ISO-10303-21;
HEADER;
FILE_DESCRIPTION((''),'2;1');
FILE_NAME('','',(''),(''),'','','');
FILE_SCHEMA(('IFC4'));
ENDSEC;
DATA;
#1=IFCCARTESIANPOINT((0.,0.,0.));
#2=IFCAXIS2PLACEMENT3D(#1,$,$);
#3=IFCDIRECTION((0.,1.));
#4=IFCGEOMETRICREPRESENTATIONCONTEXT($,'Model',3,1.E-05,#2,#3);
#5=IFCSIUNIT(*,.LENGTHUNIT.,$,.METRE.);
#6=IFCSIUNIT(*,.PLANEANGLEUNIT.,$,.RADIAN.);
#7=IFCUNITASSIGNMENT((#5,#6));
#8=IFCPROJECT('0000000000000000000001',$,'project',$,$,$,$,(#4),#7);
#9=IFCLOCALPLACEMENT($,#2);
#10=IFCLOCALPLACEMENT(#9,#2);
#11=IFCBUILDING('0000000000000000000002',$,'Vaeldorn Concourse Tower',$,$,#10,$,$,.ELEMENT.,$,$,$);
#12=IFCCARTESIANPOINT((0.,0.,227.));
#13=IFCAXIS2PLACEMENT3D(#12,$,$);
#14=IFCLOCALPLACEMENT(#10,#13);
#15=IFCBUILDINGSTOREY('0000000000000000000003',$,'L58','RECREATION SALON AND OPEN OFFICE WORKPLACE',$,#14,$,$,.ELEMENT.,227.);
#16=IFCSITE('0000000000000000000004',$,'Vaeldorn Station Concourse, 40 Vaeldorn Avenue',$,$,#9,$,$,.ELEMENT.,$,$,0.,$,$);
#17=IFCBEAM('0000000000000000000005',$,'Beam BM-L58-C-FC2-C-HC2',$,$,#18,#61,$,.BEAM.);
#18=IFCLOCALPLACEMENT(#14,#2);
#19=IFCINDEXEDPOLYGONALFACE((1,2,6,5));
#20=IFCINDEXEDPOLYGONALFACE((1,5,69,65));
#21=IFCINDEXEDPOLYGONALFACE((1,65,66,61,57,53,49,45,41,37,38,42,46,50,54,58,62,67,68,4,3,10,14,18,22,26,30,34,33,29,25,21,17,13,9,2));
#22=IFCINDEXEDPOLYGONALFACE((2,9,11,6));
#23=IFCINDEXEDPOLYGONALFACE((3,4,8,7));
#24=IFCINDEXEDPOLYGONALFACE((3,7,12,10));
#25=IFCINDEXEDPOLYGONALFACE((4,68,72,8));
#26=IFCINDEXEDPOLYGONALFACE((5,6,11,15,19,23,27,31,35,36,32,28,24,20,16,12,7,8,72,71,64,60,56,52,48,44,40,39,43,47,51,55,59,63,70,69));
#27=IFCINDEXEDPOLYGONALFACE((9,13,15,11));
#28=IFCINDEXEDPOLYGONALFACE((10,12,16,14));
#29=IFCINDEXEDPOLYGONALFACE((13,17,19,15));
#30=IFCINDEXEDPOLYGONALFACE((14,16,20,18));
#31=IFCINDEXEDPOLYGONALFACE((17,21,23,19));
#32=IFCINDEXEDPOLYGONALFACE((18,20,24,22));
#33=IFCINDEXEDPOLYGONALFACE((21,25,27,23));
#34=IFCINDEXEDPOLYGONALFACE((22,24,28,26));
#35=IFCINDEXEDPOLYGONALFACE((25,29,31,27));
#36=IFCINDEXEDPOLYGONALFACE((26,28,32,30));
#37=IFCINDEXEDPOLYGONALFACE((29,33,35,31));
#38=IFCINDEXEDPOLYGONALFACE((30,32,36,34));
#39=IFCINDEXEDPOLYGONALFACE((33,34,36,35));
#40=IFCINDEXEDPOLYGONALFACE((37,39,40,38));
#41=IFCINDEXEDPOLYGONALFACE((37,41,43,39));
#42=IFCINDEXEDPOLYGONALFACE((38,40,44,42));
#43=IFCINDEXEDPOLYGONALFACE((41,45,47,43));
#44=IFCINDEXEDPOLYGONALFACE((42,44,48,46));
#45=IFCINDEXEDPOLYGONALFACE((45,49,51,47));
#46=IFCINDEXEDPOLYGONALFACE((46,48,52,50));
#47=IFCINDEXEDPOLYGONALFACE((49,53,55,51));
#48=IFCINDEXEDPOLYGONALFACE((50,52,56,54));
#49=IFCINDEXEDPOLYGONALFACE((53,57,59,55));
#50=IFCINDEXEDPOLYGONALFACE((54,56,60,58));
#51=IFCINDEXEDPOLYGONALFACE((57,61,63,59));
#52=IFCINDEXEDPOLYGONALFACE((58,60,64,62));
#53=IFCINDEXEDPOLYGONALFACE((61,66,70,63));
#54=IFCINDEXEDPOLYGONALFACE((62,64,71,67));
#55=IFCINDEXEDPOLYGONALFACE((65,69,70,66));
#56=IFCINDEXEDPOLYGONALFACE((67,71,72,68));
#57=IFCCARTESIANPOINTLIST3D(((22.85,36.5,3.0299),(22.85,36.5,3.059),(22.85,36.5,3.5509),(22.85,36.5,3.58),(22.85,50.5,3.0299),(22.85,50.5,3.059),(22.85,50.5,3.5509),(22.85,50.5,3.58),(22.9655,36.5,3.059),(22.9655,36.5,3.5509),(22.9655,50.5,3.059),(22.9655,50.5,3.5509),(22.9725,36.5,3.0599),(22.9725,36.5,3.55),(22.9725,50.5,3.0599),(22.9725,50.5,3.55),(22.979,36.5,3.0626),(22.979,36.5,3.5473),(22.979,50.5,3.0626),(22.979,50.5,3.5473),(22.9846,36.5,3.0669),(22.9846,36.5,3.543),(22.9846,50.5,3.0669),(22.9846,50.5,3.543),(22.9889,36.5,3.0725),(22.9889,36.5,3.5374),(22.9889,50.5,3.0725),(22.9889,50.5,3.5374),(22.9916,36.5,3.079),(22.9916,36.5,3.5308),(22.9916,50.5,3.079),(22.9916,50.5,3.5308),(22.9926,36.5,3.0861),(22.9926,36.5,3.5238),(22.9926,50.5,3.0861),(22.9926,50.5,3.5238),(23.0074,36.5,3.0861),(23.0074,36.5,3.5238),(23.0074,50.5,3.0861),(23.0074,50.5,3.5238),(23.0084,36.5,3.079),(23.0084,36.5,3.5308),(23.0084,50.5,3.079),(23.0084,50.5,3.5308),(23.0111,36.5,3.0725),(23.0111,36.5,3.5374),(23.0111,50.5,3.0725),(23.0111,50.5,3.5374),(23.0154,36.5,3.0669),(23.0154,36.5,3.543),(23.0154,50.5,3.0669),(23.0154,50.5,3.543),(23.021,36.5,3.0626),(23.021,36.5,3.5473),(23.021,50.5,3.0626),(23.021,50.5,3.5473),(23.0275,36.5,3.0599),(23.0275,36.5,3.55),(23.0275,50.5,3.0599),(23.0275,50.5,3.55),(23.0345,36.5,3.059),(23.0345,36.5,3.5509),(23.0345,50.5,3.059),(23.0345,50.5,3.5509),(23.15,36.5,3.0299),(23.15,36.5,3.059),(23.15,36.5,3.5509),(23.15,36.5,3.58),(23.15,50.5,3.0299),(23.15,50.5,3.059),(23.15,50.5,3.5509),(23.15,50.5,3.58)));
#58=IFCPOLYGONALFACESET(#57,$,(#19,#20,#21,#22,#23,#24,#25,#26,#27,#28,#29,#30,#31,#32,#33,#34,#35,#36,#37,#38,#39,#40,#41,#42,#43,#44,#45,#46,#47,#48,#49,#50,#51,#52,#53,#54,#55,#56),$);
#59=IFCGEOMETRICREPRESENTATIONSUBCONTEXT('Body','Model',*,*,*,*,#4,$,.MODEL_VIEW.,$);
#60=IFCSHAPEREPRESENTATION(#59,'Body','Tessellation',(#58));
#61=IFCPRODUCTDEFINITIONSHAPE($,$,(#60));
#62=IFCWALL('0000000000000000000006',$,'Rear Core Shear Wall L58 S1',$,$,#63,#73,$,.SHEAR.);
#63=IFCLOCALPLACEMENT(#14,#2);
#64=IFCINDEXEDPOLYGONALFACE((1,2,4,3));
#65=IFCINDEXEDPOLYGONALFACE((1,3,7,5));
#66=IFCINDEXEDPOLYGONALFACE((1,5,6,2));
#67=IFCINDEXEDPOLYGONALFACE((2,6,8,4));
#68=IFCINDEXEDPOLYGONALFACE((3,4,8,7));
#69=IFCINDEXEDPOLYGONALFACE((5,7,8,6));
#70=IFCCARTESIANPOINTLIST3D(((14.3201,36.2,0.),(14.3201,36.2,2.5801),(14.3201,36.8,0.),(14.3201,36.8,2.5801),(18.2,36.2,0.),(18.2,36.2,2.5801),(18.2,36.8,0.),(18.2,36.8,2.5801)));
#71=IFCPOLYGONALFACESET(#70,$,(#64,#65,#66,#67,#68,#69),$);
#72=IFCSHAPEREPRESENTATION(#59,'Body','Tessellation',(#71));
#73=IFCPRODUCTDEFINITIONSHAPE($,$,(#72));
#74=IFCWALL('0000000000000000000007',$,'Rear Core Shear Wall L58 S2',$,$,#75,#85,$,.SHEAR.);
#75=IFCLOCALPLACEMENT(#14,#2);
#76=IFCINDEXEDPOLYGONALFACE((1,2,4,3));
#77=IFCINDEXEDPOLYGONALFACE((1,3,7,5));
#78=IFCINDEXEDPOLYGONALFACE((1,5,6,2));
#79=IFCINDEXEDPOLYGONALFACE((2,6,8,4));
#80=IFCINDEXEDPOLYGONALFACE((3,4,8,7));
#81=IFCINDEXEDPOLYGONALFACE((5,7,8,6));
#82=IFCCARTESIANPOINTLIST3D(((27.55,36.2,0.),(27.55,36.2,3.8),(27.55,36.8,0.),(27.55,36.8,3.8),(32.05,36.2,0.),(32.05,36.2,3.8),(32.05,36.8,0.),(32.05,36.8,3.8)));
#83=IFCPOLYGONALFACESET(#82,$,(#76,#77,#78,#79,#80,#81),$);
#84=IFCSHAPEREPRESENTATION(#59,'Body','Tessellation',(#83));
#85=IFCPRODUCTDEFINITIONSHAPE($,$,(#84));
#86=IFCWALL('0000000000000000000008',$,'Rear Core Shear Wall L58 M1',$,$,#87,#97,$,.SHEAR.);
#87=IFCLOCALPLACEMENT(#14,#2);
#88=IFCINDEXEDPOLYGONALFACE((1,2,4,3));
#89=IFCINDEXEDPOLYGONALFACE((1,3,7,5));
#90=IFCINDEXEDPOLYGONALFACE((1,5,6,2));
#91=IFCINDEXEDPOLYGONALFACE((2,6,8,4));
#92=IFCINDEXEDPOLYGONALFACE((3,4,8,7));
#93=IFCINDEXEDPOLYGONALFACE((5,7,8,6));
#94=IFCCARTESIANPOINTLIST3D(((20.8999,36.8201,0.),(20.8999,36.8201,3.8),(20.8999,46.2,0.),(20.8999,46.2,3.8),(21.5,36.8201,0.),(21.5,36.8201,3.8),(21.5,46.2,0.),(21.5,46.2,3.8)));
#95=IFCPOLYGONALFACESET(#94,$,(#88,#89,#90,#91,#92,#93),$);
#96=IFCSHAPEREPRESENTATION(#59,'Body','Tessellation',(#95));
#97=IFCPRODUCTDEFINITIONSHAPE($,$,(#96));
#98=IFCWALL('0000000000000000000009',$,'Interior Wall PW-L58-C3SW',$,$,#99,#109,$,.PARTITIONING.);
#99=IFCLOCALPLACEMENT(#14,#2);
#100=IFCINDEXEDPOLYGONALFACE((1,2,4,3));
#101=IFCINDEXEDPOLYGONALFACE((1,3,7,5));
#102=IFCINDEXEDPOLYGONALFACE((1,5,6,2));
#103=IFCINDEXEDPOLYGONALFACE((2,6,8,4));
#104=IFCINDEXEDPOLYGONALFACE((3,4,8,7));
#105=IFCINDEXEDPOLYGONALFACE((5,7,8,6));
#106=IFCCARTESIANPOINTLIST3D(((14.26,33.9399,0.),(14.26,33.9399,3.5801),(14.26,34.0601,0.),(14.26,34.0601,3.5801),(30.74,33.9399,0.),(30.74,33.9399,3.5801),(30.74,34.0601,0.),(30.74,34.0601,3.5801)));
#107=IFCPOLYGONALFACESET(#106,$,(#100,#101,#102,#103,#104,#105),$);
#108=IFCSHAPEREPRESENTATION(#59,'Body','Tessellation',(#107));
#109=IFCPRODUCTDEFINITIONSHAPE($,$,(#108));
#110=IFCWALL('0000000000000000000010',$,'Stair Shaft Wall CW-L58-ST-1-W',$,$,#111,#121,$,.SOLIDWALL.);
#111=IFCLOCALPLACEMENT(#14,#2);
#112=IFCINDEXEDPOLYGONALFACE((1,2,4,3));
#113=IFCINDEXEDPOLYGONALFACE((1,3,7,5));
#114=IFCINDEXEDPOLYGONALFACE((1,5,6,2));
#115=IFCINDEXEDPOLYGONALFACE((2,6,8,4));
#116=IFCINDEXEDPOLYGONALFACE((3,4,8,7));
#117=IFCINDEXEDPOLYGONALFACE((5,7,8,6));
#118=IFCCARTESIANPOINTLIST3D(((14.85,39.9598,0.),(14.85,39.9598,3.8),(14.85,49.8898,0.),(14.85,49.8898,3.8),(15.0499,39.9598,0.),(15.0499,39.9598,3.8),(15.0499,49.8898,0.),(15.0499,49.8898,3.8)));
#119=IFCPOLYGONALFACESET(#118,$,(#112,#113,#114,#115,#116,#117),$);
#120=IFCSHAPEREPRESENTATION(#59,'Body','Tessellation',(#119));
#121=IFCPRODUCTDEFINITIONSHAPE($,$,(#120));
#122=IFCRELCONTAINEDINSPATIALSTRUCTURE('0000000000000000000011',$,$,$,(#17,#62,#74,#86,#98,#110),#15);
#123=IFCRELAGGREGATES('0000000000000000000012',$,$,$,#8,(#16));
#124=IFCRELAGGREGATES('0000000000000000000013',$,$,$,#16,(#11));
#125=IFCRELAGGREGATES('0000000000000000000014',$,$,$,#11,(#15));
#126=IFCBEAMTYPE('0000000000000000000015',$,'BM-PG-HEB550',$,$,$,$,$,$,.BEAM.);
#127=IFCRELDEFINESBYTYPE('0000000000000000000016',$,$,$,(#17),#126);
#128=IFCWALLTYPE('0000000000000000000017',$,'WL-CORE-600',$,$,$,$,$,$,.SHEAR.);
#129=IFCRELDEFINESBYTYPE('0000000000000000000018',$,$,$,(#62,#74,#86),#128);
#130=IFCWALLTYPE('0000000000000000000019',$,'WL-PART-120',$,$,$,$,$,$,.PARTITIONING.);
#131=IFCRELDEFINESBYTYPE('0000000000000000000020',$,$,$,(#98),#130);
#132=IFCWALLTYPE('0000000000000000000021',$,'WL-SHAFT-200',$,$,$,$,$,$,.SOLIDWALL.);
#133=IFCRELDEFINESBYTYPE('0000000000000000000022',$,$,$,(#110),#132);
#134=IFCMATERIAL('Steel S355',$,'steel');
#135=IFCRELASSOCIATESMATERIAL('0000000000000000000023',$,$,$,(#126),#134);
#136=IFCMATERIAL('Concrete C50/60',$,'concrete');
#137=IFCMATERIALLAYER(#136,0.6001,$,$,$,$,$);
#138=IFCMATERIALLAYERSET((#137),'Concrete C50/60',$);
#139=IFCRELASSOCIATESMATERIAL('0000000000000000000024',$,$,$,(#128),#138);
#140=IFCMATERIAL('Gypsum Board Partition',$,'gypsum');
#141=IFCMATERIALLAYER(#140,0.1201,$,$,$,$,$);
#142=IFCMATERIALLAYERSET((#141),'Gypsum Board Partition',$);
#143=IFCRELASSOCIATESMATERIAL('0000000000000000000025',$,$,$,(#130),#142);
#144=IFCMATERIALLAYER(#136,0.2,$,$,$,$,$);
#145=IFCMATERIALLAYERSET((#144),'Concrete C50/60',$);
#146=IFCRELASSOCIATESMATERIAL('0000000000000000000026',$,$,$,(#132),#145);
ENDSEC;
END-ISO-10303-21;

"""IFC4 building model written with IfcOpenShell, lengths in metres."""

from ifc_helpers import new_model, si_unit, direction, frame, frame_2d, origin, origin_2d, place, context, subcontext, project, spatial, rectangle, i_section, extrude, source, transform, mapped, material, layer, layer_set, material_profile, profile_set, type_object, element, save


model = new_model("IFC4")

# Units and contexts
model_context = context("Model", 3, precision=1e-05, world=origin(), true_north=direction((0.0, 1.0)))
body_context = subcontext(model_context, "Body", "Model", "MODEL_VIEW")
ifc_project = project(units=[si_unit("LENGTHUNIT", "METRE"), si_unit("PLANEANGLEUNIT", "RADIAN")], contexts=[model_context])

# Site, building, storey
site_placement = place(None, origin())
site = spatial("IfcSite", under=ifc_project, at=site_placement, Name="Vaeldorn Station Concourse, 40 Vaeldorn Avenue", CompositionType="ELEMENT", RefElevation=0.0)
building_placement = place(site_placement, origin())
building = spatial("IfcBuilding", under=site, at=building_placement, Name="Vaeldorn Concourse Tower", CompositionType="ELEMENT")
storey_placement = place(building_placement, frame((0.0, 0.0, 227.0)))
storey = spatial("IfcBuildingStorey", under=building, at=storey_placement, Name="L58", Description="RECREATION SALON AND OPEN OFFICE WORKPLACE", CompositionType="ELEMENT", Elevation=227.0)

# Shared definitions
ifc_material_1 = material(Name="Steel S355", Category="steel")

# Beam
ifc_material_profile_1 = material_profile(ifc_material_1, i_section(OverallWidth=0.3, OverallDepth=0.55, WebThickness=0.0149, FlangeThickness=0.0291, FilletRadius=0.0271, at=origin_2d()), Name="HEB 550")
ifc_profile_set_1 = profile_set([ifc_material_profile_1], Name="Steel S355")
beam_type_1 = type_object("IfcBeamType", Name="BM-PG-HEB550", PredefinedType="BEAM", material=ifc_profile_set_1)
shared_shape_1 = source(origin(), body_context, "Body", "SweptSolid", [
    extrude(i_section(OverallWidth=0.3, OverallDepth=0.55, WebThickness=0.0149, FlangeThickness=0.0291, FilletRadius=0.0271, at=origin_2d()), origin(), (0.0, 0.0, 1.0), 14.0),
])
for number, where, z_axis, x_axis, name in (
    (1, (23.0, 36.5, 3.3049), (0.0, 1.0, 0.0), (-1.0, 0.0, 0.0), "Beam BM-L58-C-FC2-C-HC2"),
):
    element("IfcBeam", number, at=place(storey_placement, frame(where, z_axis=z_axis, x_axis=x_axis)), inside=storey, type_object=beam_type_1, Name=name, PredefinedType="BEAM", context=body_context, shape_type="MappedRepresentation", body=[
        mapped(shared_shape_1, transform((0.0, 0.0, 0.0), scale=1.0)),
    ])

# Walls
ifc_material_2 = material(Name="Concrete C50/60", Category="concrete")
ifc_layer_1 = layer(ifc_material_2, 0.6001)
ifc_layer_set_1 = layer_set([ifc_layer_1], Name="Concrete C50/60")
wall_type_1 = type_object("IfcWallType", Name="WL-CORE-600", PredefinedType="SHEAR", material=ifc_layer_set_1)
wall_1_placement = place(storey_placement, frame((14.3201, 36.5, 0.0), z_axis=(0.0, 0.0, 1.0), x_axis=(1.0, 0.0, 0.0)))
element("IfcWall", 2, at=wall_1_placement, inside=storey, type_object=wall_type_1, Name="Rear Core Shear Wall L58 S1", PredefinedType="SHEAR", context=body_context, shape_type="SweptSolid", body=[
    extrude(rectangle(XDim=3.8799, YDim=0.6001, at=frame_2d((1.9399, 0.0))), origin(), (0.0, 0.0, 1.0), 2.5801),
])
wall_2_placement = place(storey_placement, frame((27.55, 36.5, 0.0), z_axis=(0.0, 0.0, 1.0), x_axis=(1.0, 0.0, 0.0)))
element("IfcWall", 3, at=wall_2_placement, inside=storey, type_object=wall_type_1, Name="Rear Core Shear Wall L58 S2", PredefinedType="SHEAR", context=body_context, shape_type="SweptSolid", body=[
    extrude(rectangle(XDim=4.5, YDim=0.6001, at=frame_2d((2.25, 0.0))), origin(), (0.0, 0.0, 1.0), 3.8),
])
wall_3_placement = place(storey_placement, frame((21.2, 36.8201, 0.0), z_axis=(0.0, 0.0, 1.0), x_axis=(0.0, 1.0, 0.0)))
element("IfcWall", 4, at=wall_3_placement, inside=storey, type_object=wall_type_1, Name="Rear Core Shear Wall L58 M1", PredefinedType="SHEAR", context=body_context, shape_type="SweptSolid", body=[
    extrude(rectangle(XDim=9.3799, YDim=0.6001, at=frame_2d((4.6899, 0.0))), origin(), (0.0, 0.0, 1.0), 3.8),
])
ifc_material_3 = material(Name="Gypsum Board Partition", Category="gypsum")
ifc_layer_2 = layer(ifc_material_3, 0.1201)
ifc_layer_set_2 = layer_set([ifc_layer_2], Name="Gypsum Board Partition")
wall_type_2 = type_object("IfcWallType", Name="WL-PART-120", PredefinedType="PARTITIONING", material=ifc_layer_set_2)
wall_4_placement = place(storey_placement, frame((14.26, 34.0, 0.0), z_axis=(0.0, 0.0, 1.0), x_axis=(1.0, 0.0, 0.0)))
element("IfcWall", 5, at=wall_4_placement, inside=storey, type_object=wall_type_2, Name="Interior Wall PW-L58-C3SW", PredefinedType="PARTITIONING", context=body_context, shape_type="SweptSolid", body=[
    extrude(rectangle(XDim=16.48, YDim=0.1201, at=frame_2d((8.24, 0.0))), origin(), (0.0, 0.0, 1.0), 3.5801),
])

# Shared definitions
ifc_layer_3 = layer(ifc_material_2, 0.2)
ifc_layer_set_3 = layer_set([ifc_layer_3], Name="Concrete C50/60")
wall_type_3 = type_object("IfcWallType", Name="WL-SHAFT-200", PredefinedType="SOLIDWALL", material=ifc_layer_set_3)

# Wall
wall_5_placement = place(storey_placement, frame((14.95, 39.96, 0.0), z_axis=(0.0, 0.0, 1.0), x_axis=(0.0, 1.0, 0.0)))
element("IfcWall", 6, at=wall_5_placement, inside=storey, type_object=wall_type_3, Name="Stair Shaft Wall CW-L58-ST-1-W", PredefinedType="SOLIDWALL", context=body_context, shape_type="SweptSolid", body=[
    extrude(rectangle(XDim=9.9299, YDim=0.2, at=frame_2d((4.9648, 0.0))), origin(), (0.0, 0.0, 1.0), 3.8),
])

save(model, "model.ifc")
